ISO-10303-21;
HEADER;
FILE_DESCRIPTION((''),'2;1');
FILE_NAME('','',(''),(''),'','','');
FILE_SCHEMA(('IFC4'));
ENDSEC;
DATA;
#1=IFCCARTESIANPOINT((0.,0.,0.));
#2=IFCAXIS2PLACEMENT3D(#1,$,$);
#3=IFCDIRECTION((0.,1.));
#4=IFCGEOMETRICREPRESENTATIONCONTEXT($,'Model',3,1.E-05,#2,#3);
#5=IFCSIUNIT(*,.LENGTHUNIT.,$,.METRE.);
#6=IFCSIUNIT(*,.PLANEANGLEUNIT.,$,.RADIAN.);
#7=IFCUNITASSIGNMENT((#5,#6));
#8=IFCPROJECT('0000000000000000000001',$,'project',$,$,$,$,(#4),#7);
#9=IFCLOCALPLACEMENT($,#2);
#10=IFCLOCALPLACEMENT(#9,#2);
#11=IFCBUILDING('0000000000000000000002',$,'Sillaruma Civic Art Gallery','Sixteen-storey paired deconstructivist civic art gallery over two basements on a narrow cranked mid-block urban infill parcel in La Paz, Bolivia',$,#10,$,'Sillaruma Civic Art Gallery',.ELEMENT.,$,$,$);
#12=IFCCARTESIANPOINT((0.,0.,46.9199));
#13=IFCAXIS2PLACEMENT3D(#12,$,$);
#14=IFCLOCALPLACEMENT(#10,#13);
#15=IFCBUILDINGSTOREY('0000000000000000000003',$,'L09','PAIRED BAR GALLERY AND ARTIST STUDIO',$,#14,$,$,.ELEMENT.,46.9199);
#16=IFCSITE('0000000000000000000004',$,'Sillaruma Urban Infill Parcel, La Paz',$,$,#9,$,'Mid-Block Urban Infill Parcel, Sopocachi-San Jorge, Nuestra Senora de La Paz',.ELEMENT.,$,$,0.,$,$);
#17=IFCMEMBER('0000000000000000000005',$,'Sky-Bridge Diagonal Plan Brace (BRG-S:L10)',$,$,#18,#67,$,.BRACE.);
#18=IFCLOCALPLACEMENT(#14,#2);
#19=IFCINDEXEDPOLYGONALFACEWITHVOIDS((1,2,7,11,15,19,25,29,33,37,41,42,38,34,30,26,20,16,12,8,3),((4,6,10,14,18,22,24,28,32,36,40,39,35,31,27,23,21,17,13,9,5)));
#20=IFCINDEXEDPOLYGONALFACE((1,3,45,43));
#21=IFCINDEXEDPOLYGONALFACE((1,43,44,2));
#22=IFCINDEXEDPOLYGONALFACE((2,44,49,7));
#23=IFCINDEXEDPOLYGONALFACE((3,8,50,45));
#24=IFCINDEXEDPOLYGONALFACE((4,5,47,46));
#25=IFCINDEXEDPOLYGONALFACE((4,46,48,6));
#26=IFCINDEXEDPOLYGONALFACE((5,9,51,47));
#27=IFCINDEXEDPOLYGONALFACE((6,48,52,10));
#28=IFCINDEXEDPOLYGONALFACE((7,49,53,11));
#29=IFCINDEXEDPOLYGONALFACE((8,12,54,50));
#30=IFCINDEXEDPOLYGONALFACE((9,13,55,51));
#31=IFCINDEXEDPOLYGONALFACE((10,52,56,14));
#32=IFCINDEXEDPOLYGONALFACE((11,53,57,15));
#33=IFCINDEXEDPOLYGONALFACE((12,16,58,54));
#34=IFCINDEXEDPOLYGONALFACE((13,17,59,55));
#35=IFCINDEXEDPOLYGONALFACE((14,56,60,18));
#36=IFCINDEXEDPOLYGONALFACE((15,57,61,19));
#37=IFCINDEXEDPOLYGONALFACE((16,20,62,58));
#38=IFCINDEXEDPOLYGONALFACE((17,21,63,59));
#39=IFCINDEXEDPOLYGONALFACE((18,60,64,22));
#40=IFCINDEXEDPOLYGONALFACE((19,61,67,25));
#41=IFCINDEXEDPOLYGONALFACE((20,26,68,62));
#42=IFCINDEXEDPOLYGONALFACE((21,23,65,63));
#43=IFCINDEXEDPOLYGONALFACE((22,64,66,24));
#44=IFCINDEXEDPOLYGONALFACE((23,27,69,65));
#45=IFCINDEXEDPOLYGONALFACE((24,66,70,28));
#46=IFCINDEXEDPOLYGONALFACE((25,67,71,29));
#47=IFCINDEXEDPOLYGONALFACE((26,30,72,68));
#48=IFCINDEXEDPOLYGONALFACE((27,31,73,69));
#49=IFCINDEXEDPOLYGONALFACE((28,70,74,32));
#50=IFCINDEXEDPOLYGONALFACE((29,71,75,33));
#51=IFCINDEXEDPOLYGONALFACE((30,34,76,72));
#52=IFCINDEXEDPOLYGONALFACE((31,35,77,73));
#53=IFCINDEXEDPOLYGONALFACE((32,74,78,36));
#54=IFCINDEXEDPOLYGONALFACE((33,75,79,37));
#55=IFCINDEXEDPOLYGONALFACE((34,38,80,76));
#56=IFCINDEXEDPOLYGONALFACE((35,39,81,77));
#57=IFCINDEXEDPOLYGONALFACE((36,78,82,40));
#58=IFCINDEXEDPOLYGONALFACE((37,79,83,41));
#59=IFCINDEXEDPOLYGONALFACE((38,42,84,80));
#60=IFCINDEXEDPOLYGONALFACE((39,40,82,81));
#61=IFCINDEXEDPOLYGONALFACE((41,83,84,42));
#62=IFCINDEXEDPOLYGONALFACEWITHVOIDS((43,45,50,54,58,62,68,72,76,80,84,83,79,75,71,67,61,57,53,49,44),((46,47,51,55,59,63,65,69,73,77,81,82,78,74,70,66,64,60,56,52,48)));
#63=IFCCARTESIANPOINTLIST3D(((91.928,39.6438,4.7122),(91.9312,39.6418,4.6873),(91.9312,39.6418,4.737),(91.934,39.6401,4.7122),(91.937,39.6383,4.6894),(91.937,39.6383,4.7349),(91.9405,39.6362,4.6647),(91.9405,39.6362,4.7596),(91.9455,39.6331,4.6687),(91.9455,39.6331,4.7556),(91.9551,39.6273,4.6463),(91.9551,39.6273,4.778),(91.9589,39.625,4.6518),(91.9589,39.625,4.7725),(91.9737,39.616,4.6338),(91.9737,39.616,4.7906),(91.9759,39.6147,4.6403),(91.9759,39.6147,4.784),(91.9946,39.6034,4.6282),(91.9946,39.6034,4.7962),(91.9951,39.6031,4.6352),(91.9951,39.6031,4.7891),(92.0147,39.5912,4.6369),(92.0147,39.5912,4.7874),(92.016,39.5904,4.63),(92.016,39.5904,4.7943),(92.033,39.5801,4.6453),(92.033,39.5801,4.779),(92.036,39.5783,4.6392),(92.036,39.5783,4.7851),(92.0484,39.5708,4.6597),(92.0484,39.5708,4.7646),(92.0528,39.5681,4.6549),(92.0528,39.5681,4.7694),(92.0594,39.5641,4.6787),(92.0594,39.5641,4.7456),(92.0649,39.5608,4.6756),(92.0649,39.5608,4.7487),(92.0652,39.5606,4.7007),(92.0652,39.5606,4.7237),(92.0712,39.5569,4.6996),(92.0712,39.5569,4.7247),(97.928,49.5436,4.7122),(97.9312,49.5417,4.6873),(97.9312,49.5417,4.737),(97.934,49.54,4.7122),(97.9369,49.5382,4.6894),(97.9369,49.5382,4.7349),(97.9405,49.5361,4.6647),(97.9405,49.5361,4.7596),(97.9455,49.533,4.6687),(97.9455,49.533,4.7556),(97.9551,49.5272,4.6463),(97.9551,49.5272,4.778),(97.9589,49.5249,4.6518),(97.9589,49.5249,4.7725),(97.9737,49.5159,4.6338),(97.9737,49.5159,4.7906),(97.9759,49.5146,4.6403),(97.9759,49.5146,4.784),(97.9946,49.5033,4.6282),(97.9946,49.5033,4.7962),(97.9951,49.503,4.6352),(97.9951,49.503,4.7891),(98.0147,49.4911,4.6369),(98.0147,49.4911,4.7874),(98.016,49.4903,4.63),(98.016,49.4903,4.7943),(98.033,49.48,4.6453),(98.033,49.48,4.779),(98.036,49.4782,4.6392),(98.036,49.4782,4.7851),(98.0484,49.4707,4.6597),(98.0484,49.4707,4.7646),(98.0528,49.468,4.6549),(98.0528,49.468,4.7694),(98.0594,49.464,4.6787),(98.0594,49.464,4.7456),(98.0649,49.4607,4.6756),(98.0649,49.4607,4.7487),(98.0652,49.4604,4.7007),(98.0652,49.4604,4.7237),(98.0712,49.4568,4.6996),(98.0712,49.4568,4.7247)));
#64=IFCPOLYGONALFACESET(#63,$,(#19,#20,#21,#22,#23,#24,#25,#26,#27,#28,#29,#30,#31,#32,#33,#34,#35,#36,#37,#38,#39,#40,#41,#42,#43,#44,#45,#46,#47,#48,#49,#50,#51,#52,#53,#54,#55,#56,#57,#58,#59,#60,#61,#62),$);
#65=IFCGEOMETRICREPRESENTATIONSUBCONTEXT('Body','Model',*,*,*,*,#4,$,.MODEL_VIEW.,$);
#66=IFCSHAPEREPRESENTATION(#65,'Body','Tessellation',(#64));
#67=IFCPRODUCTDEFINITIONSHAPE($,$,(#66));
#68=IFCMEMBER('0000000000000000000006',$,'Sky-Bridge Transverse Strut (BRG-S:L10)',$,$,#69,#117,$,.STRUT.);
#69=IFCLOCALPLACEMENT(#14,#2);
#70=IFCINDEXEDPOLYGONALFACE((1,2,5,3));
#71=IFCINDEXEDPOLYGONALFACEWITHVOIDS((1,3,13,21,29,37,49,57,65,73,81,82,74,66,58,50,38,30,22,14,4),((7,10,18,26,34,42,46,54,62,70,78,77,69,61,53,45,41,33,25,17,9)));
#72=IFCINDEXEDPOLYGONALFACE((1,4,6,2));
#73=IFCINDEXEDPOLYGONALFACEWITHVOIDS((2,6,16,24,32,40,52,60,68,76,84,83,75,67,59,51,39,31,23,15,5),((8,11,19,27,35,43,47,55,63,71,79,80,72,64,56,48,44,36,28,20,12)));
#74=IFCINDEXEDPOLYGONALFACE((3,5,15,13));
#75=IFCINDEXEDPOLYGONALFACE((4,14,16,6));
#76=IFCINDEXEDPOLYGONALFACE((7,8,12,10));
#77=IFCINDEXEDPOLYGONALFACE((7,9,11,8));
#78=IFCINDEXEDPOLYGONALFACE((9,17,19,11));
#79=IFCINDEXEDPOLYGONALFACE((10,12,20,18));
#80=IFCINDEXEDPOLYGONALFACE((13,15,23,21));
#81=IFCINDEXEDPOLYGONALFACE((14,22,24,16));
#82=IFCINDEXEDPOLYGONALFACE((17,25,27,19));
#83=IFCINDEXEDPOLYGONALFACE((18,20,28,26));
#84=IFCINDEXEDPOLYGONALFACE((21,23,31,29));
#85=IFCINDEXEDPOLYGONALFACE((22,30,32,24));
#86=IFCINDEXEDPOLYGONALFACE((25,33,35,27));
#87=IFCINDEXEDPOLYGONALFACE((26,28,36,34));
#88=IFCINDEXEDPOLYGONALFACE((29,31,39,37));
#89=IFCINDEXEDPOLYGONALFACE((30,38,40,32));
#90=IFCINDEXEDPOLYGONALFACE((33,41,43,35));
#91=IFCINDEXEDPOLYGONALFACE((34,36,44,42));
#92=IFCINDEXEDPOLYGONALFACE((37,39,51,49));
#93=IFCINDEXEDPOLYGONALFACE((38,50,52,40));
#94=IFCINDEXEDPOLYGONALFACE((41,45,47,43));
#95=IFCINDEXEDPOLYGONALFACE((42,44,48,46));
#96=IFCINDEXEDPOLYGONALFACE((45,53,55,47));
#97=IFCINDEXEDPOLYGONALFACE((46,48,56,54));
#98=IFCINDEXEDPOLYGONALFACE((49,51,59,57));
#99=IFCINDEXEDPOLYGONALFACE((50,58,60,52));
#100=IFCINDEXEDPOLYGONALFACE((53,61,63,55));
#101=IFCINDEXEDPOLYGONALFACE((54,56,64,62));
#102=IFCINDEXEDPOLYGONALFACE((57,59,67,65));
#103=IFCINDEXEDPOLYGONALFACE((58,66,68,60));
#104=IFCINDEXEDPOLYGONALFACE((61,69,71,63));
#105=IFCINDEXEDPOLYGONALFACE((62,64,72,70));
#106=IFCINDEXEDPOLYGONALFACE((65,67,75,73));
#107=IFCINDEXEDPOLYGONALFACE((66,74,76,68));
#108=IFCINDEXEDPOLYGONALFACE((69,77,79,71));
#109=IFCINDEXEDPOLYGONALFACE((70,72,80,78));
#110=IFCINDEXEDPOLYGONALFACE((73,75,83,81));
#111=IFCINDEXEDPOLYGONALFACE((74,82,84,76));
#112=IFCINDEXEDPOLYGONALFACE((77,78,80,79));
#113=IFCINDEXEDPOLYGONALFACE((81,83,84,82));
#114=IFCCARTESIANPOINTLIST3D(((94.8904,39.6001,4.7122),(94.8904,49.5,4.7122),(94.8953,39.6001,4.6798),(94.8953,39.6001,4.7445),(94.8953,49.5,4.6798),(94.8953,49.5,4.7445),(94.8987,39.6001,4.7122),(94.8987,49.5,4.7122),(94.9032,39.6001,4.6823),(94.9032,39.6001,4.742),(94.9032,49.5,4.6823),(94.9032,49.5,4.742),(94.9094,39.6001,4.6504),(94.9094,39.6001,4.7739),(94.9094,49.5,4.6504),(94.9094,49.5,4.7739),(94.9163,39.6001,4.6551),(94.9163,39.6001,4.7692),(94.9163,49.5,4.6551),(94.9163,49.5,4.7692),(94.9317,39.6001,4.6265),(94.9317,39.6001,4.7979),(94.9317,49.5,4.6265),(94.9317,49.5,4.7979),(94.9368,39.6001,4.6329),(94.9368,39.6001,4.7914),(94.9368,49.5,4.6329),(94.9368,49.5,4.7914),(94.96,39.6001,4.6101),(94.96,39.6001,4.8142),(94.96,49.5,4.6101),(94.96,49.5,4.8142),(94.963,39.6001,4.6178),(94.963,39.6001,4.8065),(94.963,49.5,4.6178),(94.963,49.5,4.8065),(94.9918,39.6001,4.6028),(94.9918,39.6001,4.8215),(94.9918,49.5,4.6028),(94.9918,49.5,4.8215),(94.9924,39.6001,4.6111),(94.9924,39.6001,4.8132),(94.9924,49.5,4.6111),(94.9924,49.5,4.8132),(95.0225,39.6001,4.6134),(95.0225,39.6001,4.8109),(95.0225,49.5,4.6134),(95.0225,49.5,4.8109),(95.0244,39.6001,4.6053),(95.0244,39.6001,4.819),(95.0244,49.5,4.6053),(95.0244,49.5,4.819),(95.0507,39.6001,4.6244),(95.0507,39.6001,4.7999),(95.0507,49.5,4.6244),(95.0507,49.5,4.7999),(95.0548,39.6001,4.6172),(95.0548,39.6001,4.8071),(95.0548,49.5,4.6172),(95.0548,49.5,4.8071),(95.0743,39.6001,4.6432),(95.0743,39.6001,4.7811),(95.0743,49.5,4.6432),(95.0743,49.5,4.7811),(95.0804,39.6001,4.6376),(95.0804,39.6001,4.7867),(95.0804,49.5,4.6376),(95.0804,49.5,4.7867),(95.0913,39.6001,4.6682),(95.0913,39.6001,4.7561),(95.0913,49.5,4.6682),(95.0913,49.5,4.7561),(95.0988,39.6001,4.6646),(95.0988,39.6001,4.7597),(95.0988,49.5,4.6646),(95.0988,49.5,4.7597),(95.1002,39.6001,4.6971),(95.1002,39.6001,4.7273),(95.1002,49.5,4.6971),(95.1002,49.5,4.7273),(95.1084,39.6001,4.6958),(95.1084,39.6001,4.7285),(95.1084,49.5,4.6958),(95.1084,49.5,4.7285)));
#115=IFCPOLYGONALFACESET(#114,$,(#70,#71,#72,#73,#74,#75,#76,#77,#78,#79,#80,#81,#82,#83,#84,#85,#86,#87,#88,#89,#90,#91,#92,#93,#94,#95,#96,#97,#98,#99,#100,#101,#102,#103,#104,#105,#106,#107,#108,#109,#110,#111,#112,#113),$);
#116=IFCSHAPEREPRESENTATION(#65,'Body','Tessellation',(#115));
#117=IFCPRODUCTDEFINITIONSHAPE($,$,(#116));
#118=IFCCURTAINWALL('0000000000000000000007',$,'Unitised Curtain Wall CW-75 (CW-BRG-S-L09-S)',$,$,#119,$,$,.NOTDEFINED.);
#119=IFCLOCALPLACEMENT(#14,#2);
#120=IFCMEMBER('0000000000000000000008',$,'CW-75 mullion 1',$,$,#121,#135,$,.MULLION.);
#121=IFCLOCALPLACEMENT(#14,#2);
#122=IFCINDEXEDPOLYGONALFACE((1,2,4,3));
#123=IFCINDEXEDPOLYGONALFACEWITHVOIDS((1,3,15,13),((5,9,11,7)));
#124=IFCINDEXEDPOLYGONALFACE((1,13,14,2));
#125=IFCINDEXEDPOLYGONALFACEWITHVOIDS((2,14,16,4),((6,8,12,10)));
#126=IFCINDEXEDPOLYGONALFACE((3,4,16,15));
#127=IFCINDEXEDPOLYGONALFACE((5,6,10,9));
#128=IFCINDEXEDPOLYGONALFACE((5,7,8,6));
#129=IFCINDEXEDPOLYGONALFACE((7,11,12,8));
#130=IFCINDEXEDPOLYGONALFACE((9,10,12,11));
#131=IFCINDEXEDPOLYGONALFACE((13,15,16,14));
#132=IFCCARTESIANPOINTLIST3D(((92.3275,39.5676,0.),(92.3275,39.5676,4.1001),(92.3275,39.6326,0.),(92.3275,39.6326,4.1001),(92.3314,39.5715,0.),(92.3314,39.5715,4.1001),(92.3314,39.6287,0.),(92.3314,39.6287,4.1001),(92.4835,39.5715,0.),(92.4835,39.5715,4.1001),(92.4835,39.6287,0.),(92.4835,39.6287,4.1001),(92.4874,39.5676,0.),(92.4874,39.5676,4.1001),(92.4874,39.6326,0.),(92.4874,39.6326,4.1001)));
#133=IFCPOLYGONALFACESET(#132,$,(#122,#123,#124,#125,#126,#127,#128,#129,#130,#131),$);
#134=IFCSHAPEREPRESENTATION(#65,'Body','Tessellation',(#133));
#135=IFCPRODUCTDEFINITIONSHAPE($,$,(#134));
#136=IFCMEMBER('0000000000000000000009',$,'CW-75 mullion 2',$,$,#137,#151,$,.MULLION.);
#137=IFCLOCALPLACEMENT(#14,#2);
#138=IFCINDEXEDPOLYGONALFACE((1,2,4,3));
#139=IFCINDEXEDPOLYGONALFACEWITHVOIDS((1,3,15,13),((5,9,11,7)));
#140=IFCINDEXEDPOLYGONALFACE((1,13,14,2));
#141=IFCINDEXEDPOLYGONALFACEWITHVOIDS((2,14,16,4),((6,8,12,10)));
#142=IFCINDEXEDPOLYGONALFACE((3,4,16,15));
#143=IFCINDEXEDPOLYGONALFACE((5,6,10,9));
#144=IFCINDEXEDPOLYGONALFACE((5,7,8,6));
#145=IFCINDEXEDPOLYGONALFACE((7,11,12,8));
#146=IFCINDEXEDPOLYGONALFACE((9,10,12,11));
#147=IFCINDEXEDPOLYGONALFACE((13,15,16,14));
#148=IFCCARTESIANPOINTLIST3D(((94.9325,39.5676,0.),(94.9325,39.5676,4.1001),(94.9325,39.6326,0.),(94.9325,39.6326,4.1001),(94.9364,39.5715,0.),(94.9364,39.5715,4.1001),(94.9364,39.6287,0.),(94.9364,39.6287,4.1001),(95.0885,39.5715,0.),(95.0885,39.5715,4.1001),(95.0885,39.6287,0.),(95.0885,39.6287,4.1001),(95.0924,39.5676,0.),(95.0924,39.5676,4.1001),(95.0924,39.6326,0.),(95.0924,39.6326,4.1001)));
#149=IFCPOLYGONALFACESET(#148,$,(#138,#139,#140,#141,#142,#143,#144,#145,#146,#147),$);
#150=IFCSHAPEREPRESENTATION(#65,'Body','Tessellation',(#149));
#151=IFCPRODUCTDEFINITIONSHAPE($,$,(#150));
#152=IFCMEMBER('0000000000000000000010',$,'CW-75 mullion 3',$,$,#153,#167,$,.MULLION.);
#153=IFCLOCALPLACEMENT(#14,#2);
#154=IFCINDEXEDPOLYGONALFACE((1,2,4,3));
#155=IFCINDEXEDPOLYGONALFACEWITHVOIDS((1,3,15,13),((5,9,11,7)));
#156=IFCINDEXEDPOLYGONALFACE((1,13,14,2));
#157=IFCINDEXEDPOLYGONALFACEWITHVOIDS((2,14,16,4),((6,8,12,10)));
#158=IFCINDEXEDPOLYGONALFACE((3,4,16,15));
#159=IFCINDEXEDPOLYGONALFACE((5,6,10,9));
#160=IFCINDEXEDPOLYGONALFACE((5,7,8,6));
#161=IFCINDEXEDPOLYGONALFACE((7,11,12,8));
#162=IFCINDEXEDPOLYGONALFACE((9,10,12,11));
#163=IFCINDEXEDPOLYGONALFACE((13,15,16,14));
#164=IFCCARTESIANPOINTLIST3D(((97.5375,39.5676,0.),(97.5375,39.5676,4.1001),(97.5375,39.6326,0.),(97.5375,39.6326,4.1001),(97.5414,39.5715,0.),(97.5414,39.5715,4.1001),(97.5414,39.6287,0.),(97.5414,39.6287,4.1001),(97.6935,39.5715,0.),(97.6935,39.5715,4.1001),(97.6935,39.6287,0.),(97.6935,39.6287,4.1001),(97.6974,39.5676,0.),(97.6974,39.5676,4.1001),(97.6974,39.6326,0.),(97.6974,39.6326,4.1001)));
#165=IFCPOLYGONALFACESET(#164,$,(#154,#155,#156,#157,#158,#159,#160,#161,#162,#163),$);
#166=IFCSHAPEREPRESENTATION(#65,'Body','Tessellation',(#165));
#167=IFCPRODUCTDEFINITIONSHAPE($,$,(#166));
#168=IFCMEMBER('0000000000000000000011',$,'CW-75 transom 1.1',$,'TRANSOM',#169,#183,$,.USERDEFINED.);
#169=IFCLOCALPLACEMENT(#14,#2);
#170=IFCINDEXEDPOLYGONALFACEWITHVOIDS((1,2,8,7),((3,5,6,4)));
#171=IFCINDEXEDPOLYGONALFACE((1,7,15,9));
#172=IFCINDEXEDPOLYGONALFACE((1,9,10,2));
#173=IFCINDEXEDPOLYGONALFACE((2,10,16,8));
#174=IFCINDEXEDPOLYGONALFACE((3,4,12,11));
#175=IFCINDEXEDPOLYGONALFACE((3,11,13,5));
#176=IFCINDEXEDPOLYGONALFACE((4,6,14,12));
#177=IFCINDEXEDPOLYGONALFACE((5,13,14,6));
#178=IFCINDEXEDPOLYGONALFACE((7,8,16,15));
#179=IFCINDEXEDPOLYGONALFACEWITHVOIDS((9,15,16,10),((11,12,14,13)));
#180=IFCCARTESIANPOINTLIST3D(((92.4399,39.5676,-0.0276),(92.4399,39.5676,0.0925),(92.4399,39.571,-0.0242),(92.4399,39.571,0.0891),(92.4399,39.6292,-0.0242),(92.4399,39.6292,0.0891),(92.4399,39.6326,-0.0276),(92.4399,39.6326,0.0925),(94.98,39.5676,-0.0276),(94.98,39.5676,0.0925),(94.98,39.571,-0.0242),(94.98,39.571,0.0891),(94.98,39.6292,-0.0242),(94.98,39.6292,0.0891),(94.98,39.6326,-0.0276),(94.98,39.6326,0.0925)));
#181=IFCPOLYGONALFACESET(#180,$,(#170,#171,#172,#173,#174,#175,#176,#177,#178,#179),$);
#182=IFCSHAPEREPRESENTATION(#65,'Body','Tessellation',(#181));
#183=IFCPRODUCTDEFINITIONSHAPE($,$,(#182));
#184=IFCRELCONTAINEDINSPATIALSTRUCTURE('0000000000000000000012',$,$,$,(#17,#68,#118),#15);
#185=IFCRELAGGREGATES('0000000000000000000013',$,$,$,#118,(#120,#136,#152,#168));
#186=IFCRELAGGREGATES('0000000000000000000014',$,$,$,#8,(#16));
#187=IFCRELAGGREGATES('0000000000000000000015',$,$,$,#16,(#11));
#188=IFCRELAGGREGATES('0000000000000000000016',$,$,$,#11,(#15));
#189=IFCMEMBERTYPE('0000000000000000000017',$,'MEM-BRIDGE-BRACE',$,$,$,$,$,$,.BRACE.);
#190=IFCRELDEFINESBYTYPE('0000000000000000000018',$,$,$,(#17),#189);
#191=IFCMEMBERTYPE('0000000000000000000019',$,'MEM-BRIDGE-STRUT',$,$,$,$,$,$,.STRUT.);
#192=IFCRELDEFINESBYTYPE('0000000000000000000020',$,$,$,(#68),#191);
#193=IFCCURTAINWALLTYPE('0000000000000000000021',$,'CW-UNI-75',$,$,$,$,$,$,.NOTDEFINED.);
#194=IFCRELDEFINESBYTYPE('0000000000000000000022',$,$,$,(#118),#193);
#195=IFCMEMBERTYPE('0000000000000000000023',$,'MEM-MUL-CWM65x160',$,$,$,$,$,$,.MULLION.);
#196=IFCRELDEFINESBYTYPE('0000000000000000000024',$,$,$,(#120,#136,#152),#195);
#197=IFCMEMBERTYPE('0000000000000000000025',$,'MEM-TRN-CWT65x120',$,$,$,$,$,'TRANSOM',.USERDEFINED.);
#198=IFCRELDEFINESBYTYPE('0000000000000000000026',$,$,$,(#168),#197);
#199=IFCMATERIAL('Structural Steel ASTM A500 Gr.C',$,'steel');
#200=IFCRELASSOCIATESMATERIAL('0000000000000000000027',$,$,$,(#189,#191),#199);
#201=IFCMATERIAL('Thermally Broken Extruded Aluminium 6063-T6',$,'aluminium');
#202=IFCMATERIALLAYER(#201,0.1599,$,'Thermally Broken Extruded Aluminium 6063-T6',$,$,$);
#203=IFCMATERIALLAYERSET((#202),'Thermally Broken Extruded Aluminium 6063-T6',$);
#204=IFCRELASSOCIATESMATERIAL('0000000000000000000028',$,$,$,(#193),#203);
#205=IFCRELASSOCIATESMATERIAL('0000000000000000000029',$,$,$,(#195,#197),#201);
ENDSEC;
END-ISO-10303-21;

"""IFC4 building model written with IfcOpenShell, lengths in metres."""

from ifc_helpers import new_model, si_unit, direction, frame, origin, origin_2d, place, context, subcontext, project, spatial, hollow_rectangle, hollow_circle, extrude, material, layer, layer_set, material_profile, profile_set, type_object, element, aggregate, save


model = new_model("IFC4")

# Units and contexts
model_context = context("Model", 3, precision=1e-05, world=origin(), true_north=direction((0.0, 1.0)))
body_context = subcontext(model_context, "Body", "Model", "MODEL_VIEW")
ifc_project = project(units=[si_unit("LENGTHUNIT", "METRE"), si_unit("PLANEANGLEUNIT", "RADIAN")], contexts=[model_context])

# Site, building, storey
site_placement = place(None, origin())
site = spatial("IfcSite", under=ifc_project, at=site_placement, Name="Sillaruma Urban Infill Parcel, La Paz", LongName="Mid-Block Urban Infill Parcel, Sopocachi-San Jorge, Nuestra Senora de La Paz", CompositionType="ELEMENT", RefElevation=0.0)
building_placement = place(site_placement, origin())
building = spatial("IfcBuilding", under=site, at=building_placement, Name="Sillaruma Civic Art Gallery", Description="Sixteen-storey paired deconstructivist civic art gallery over two basements on a narrow cranked mid-block urban infill parcel in La Paz, Bolivia", LongName="Sillaruma Civic Art Gallery", CompositionType="ELEMENT")
storey_placement = place(building_placement, frame((0.0, 0.0, 46.9199)))
storey = spatial("IfcBuildingStorey", under=building, at=storey_placement, Name="L09", Description="PAIRED BAR GALLERY AND ARTIST STUDIO", CompositionType="ELEMENT", Elevation=46.9199)

# Members
ifc_material_1 = material(Name="Structural Steel ASTM A500 Gr.C", Category="steel")
ifc_material_profile_1 = material_profile(ifc_material_1, hollow_circle(Radius=0.0842, WallThickness=0.0071, at=origin_2d()), Name="CHS168.3x7.1")
ifc_profile_set_1 = profile_set([ifc_material_profile_1], Name="Structural Steel ASTM A500 Gr.C")
member_type_1 = type_object("IfcMemberType", Name="MEM-BRIDGE-BRACE", PredefinedType="BRACE", material=ifc_profile_set_1)
member_1_placement = place(storey_placement, frame((92.0, 39.6001, 4.7122), z_axis=(0.518305, 0.855196, 0.0), x_axis=(-0.855196, 0.518305, 0.0)))
element("IfcMember", 1, at=member_1_placement, inside=storey, type_object=member_type_1, Name="Sky-Bridge Diagonal Plan Brace (BRG-S:L10)", PredefinedType="BRACE", context=body_context, shape_type="SweptSolid", body=[
    extrude(hollow_circle(Radius=0.0842, WallThickness=0.0071, at=origin_2d()), origin(), (0.0, 0.0, 1.0), 11.5762),
])
ifc_material_profile_2 = material_profile(ifc_material_1, hollow_circle(Radius=0.1096, WallThickness=0.0083, at=origin_2d()), Name="CHS219.1x8.2")
ifc_profile_set_2 = profile_set([ifc_material_profile_2], Name="Structural Steel ASTM A500 Gr.C")
member_type_2 = type_object("IfcMemberType", Name="MEM-BRIDGE-STRUT", PredefinedType="STRUT", material=ifc_profile_set_2)
member_2_placement = place(storey_placement, frame((95.0, 39.6001, 4.7122), z_axis=(0.0, 1.0, 0.0), x_axis=(-1.0, 0.0, 0.0)))
element("IfcMember", 2, at=member_2_placement, inside=storey, type_object=member_type_2, Name="Sky-Bridge Transverse Strut (BRG-S:L10)", PredefinedType="STRUT", context=body_context, shape_type="SweptSolid", body=[
    extrude(hollow_circle(Radius=0.1096, WallThickness=0.0083, at=origin_2d()), origin(), (0.0, 0.0, 1.0), 9.8999),
])

# Curtain wall, members
ifc_material_2 = material(Name="Thermally Broken Extruded Aluminium 6063-T6", Category="aluminium")
ifc_layer_1 = layer(ifc_material_2, 0.1599, Name="Thermally Broken Extruded Aluminium 6063-T6")
ifc_layer_set_1 = layer_set([ifc_layer_1], Name="Thermally Broken Extruded Aluminium 6063-T6")
curtain_wall_type = type_object("IfcCurtainWallType", Name="CW-UNI-75", PredefinedType="NOTDEFINED", material=ifc_layer_set_1)
curtain_wall_placement = place(storey_placement, origin())
curtain_wall = element("IfcCurtainWall", 3, at=curtain_wall_placement, inside=storey, type_object=curtain_wall_type, Name="Unitised Curtain Wall CW-75 (CW-BRG-S-L09-S)", PredefinedType="NOTDEFINED")
ifc_material_profile_3 = material_profile(ifc_material_2, hollow_rectangle(XDim=0.0649, YDim=0.1599, WallThickness=0.0039, at=origin_2d()), Name="CWM65x160")
ifc_profile_set_3 = profile_set([ifc_material_profile_3], Name="Thermally Broken Extruded Aluminium 6063-T6")
member_type_3 = type_object("IfcMemberType", Name="MEM-MUL-CWM65x160", PredefinedType="MULLION", material=ifc_profile_set_3)
member_3_placement = place(storey_placement, frame((92.4075, 39.6001, 0.0), z_axis=(0.0, 0.0, 1.0), x_axis=(0.0, 1.0, 0.0)))
member_3 = element("IfcMember", 4, at=member_3_placement, type_object=member_type_3, Name="CW-75 mullion 1", PredefinedType="MULLION", context=body_context, shape_type="SweptSolid", body=[
    extrude(hollow_rectangle(XDim=0.0649, YDim=0.1599, WallThickness=0.0039, at=origin_2d()), origin(), (0.0, 0.0, 1.0), 4.1001),
])
member_4_placement = place(storey_placement, frame((95.0125, 39.6001, 0.0), z_axis=(0.0, 0.0, 1.0), x_axis=(0.0, 1.0, 0.0)))
member_4 = element("IfcMember", 5, at=member_4_placement, type_object=member_type_3, Name="CW-75 mullion 2", PredefinedType="MULLION", context=body_context, shape_type="SweptSolid", body=[
    extrude(hollow_rectangle(XDim=0.0649, YDim=0.1599, WallThickness=0.0039, at=origin_2d()), origin(), (0.0, 0.0, 1.0), 4.1001),
])
member_5_placement = place(storey_placement, frame((97.6174, 39.6001, 0.0), z_axis=(0.0, 0.0, 1.0), x_axis=(0.0, 1.0, 0.0)))
member_5 = element("IfcMember", 6, at=member_5_placement, type_object=member_type_3, Name="CW-75 mullion 3", PredefinedType="MULLION", context=body_context, shape_type="SweptSolid", body=[
    extrude(hollow_rectangle(XDim=0.0649, YDim=0.1599, WallThickness=0.0039, at=origin_2d()), origin(), (0.0, 0.0, 1.0), 4.1001),
])
ifc_material_profile_4 = material_profile(ifc_material_2, hollow_rectangle(XDim=0.0649, YDim=0.1201, WallThickness=0.0034, at=origin_2d()), Name="CWT65x120")
ifc_profile_set_4 = profile_set([ifc_material_profile_4], Name="Thermally Broken Extruded Aluminium 6063-T6")
member_type_4 = type_object("IfcMemberType", Name="MEM-TRN-CWT65x120", ElementType="TRANSOM", PredefinedType="USERDEFINED", material=ifc_profile_set_4)
member_6_placement = place(storey_placement, frame((92.4399, 39.6001, 0.0325), z_axis=(1.0, 0.0, 0.0), x_axis=(0.0, 1.0, 0.0)))
member_6 = element("IfcMember", 7, at=member_6_placement, type_object=member_type_4, Name="CW-75 transom 1.1", ObjectType="TRANSOM", PredefinedType="USERDEFINED", context=body_context, shape_type="SweptSolid", body=[
    extrude(hollow_rectangle(XDim=0.0649, YDim=0.1201, WallThickness=0.0034, at=origin_2d()), origin(), (0.0, 0.0, 1.0), 2.54),
])

aggregate(curtain_wall, [member_3, member_4, member_5, member_6])

save(model, "model.ifc")
